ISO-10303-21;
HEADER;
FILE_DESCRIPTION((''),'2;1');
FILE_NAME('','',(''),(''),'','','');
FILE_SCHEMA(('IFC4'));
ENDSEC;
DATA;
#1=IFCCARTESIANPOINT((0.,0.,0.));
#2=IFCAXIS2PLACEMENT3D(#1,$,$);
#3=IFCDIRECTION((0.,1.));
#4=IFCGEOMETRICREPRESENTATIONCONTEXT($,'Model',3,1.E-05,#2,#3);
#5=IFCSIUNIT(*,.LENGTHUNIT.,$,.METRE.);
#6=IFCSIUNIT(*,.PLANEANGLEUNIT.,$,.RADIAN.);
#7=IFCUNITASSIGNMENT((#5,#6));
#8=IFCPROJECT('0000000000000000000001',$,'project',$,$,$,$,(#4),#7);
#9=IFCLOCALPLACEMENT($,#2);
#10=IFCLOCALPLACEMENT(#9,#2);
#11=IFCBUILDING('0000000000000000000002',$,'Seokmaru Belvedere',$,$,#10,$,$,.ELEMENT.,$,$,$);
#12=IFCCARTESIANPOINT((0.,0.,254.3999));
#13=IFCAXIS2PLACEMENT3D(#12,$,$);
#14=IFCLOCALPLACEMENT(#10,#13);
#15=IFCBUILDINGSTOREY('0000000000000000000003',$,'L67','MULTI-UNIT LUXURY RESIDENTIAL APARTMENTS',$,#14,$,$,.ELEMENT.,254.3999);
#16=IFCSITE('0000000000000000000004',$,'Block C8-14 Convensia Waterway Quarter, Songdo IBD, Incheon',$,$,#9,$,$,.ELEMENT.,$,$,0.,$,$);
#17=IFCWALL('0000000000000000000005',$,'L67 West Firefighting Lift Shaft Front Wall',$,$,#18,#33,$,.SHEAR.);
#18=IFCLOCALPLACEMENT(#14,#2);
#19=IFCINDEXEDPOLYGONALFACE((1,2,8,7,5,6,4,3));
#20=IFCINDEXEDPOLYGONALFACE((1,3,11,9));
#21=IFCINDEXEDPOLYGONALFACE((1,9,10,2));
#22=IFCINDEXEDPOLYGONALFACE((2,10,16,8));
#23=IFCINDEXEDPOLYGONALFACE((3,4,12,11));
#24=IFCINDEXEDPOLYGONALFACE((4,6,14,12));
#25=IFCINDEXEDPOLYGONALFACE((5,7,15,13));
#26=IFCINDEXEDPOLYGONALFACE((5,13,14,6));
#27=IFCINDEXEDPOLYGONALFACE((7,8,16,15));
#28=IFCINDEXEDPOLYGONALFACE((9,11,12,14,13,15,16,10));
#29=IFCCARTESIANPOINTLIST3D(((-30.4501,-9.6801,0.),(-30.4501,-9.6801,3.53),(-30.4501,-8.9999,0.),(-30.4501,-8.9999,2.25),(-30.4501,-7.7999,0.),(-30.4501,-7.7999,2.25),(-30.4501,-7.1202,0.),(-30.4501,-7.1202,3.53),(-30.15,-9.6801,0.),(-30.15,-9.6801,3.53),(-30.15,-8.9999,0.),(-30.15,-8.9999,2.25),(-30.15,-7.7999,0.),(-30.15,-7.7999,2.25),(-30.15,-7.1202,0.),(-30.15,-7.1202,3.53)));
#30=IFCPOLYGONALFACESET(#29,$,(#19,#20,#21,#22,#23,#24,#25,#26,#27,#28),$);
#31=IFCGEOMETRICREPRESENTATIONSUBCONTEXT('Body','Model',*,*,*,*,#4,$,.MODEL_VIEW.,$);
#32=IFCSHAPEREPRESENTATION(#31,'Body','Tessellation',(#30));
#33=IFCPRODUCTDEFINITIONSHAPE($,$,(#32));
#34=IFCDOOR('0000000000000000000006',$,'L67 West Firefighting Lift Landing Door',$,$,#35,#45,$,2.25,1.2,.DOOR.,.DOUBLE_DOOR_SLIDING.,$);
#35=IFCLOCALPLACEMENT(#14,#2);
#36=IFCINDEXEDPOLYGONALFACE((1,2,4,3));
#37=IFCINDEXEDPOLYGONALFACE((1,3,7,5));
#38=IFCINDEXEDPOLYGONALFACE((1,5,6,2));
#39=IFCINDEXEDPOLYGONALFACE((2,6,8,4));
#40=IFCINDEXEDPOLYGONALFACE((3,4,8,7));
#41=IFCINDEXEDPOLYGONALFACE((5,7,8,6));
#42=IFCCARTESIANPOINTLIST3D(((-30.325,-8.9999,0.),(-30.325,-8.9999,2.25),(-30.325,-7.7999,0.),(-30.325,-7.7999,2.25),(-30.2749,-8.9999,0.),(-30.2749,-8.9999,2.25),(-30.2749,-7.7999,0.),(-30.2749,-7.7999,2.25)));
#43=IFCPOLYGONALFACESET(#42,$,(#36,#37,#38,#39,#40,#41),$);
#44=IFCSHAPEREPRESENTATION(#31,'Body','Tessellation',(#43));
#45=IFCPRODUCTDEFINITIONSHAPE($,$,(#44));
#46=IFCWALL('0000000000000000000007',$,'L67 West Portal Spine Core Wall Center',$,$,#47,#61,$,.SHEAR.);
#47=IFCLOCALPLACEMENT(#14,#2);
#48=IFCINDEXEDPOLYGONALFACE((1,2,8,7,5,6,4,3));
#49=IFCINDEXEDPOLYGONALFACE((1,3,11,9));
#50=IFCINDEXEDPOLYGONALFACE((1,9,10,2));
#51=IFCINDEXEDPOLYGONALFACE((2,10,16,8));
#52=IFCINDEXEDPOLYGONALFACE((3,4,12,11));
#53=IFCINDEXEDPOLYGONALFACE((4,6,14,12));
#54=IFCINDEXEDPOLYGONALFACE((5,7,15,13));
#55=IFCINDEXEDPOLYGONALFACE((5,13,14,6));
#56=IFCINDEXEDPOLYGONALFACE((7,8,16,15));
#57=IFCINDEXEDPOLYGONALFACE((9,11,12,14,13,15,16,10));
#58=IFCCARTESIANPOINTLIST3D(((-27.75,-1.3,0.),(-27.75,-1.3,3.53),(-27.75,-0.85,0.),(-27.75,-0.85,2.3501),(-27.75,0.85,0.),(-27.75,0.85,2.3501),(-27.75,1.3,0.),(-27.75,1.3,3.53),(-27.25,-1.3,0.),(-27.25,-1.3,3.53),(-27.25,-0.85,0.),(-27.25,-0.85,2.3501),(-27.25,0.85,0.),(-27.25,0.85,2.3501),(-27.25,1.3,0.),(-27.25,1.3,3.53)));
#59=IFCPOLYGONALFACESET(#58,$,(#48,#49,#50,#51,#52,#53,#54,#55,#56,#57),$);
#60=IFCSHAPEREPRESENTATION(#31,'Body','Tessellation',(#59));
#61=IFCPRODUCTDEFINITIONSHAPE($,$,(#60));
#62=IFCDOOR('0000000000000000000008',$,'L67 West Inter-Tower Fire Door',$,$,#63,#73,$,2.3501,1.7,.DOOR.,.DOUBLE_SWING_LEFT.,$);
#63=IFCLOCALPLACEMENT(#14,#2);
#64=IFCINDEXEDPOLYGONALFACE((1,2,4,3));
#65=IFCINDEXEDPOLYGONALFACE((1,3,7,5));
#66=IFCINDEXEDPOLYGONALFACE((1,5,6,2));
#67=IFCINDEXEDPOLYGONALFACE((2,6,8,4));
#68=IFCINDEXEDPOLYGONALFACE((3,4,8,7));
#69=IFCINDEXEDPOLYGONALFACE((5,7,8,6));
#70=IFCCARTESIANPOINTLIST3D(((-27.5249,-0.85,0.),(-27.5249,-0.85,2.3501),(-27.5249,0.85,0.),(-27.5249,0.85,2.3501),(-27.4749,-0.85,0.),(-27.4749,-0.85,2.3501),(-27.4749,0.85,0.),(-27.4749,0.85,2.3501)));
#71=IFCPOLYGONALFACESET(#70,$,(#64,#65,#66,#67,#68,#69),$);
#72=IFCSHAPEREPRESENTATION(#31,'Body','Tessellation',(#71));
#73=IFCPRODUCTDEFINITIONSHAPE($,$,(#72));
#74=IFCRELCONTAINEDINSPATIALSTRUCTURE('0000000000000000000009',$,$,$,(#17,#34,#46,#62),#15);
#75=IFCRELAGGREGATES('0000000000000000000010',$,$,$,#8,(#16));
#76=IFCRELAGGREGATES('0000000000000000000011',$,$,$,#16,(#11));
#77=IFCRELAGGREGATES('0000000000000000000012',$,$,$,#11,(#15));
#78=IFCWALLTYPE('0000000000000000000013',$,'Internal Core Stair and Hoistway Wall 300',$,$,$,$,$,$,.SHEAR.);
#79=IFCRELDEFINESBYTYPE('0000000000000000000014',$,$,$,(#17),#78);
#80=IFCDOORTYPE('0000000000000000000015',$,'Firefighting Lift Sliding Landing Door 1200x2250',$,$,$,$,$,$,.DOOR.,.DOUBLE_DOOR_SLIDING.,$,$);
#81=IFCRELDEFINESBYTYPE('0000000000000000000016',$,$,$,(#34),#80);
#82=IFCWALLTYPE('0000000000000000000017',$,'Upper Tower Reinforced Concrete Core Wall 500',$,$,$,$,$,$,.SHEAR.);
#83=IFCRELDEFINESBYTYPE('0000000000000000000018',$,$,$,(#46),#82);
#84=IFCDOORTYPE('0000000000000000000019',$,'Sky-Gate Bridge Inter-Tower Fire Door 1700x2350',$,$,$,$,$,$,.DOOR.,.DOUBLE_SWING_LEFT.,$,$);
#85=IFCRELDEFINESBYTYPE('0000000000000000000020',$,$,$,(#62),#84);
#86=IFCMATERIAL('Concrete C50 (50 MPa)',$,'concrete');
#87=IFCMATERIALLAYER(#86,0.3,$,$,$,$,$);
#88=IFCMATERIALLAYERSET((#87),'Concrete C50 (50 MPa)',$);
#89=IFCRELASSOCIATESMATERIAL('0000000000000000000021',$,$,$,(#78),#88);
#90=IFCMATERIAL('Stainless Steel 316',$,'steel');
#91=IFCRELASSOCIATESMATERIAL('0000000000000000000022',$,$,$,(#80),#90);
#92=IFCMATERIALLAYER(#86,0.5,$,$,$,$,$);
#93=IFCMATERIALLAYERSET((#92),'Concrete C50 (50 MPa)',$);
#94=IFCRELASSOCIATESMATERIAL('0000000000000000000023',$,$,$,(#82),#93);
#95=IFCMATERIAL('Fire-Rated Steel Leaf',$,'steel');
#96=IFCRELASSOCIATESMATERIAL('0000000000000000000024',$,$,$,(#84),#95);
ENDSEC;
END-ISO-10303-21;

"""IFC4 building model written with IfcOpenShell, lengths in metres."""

from ifc_helpers import new_model, si_unit, direction, frame, frame_2d, origin, place, context, subcontext, project, spatial, rectangle, extrude, source, transform, mapped, material, layer, layer_set, type_object, type_shapes, element, fill, save


model = new_model("IFC4")

# Units and contexts
model_context = context("Model", 3, precision=1e-05, world=origin(), true_north=direction((0.0, 1.0)))
body_context = subcontext(model_context, "Body", "Model", "MODEL_VIEW")
ifc_project = project(units=[si_unit("LENGTHUNIT", "METRE"), si_unit("PLANEANGLEUNIT", "RADIAN")], contexts=[model_context])

# Site, building, storey
site_placement = place(None, origin())
site = spatial("IfcSite", under=ifc_project, at=site_placement, Name="Block C8-14 Convensia Waterway Quarter, Songdo IBD, Incheon", CompositionType="ELEMENT", RefElevation=0.0)
building_placement = place(site_placement, origin())
building = spatial("IfcBuilding", under=site, at=building_placement, Name="Seokmaru Belvedere", CompositionType="ELEMENT")
storey_placement = place(building_placement, frame((0.0, 0.0, 254.3999)))
storey = spatial("IfcBuildingStorey", under=building, at=storey_placement, Name="L67", Description="MULTI-UNIT LUXURY RESIDENTIAL APARTMENTS", CompositionType="ELEMENT", Elevation=254.3999)

# Shared definitions
ifc_material_1 = material(Name="Fire-Rated Steel Leaf", Category="steel")

# Shared definitions
ifc_material_2 = material(Name="Concrete C50 (50 MPa)", Category="concrete")

# Walls, openings, doors
ifc_layer_1 = layer(ifc_material_2, 0.3)
ifc_layer_set_1 = layer_set([ifc_layer_1], Name="Concrete C50 (50 MPa)")
wall_type_1 = type_object("IfcWallType", Name="Internal Core Stair and Hoistway Wall 300", PredefinedType="SHEAR", material=ifc_layer_set_1)
wall_1_placement = place(storey_placement, frame((-30.3, -9.6799, 0.0), z_axis=(0.0, 0.0, 1.0), x_axis=(0.0, 1.0, 0.0)))
wall_1 = element("IfcWall", 1, at=wall_1_placement, inside=storey, type_object=wall_type_1, Name="L67 West Firefighting Lift Shaft Front Wall", PredefinedType="SHEAR", context=body_context, shape_type="SweptSolid", body=[
    extrude(rectangle(XDim=2.5598, YDim=0.3, at=frame_2d((1.2798, 0.0))), origin(), (0.0, 0.0, 1.0), 3.53),
])
opening_1_placement = place(wall_1_placement, frame((0.6799, 0.0, 0.0)))
opening_1 = element("IfcOpeningElement", 2, at=opening_1_placement, cuts=wall_1, PredefinedType="OPENING", context=body_context, shape_type="SweptSolid", body=[
    extrude(rectangle(XDim=1.2, YDim=2.25, at=frame_2d((0.6001, 1.125))), frame((0.0, 0.1602, 0.0), z_axis=(0.0, -1.0, 0.0), x_axis=(1.0, 0.0, 0.0)), (0.0, 0.0, 1.0), 0.3201),
])
ifc_material_3 = material(Name="Stainless Steel 316", Category="steel")
door_type_1 = type_object("IfcDoorType", Name="Firefighting Lift Sliding Landing Door 1200x2250", OperationType="DOUBLE_DOOR_SLIDING", PredefinedType="DOOR", material=ifc_material_3)
shared_shape_1 = source(origin(), body_context, "Body", "SweptSolid", [
    extrude(rectangle(XDim=1.2, YDim=2.25, at=frame_2d((0.6001, 1.125))), frame((0.0, 0.0249, 0.0), z_axis=(0.0, -1.0, 0.0), x_axis=(1.0, 0.0, 0.0)), (0.0, 0.0, 1.0), 0.05),
])
type_shapes(door_type_1, [shared_shape_1])
door_1_placement = place(opening_1_placement, origin())
door_1 = element("IfcDoor", 3, at=door_1_placement, inside=storey, type_object=door_type_1, Name="L67 West Firefighting Lift Landing Door", OperationType="DOUBLE_DOOR_SLIDING", OverallHeight=2.25, OverallWidth=1.2, PredefinedType="DOOR", context=body_context, shape_type="MappedRepresentation", body=[
    mapped(shared_shape_1, transform((0.0, 0.0, 0.0), scale=1.0)),
])
fill(opening_1, door_1)
ifc_layer_2 = layer(ifc_material_2, 0.5)
ifc_layer_set_2 = layer_set([ifc_layer_2], Name="Concrete C50 (50 MPa)")
wall_type_2 = type_object("IfcWallType", Name="Upper Tower Reinforced Concrete Core Wall 500", PredefinedType="SHEAR", material=ifc_layer_set_2)
wall_2_placement = place(storey_placement, frame((-27.5, -1.3, 0.0), z_axis=(0.0, 0.0, 1.0), x_axis=(0.0, 1.0, 0.0)))
wall_2 = element("IfcWall", 4, at=wall_2_placement, inside=storey, type_object=wall_type_2, Name="L67 West Portal Spine Core Wall Center", PredefinedType="SHEAR", context=body_context, shape_type="SweptSolid", body=[
    extrude(rectangle(XDim=2.6001, YDim=0.5, at=frame_2d((1.3, 0.0))), origin(), (0.0, 0.0, 1.0), 3.53),
])
opening_2_placement = place(wall_2_placement, frame((0.45, 0.0, 0.0)))
opening_2 = element("IfcOpeningElement", 5, at=opening_2_placement, cuts=wall_2, PredefinedType="OPENING", context=body_context, shape_type="SweptSolid", body=[
    extrude(rectangle(XDim=1.7, YDim=2.3501, at=frame_2d((0.8501, 1.175))), frame((0.0, 0.26, 0.0), z_axis=(0.0, -1.0, 0.0), x_axis=(1.0, 0.0, 0.0)), (0.0, 0.0, 1.0), 0.52),
])
door_type_2 = type_object("IfcDoorType", Name="Sky-Gate Bridge Inter-Tower Fire Door 1700x2350", OperationType="DOUBLE_SWING_LEFT", PredefinedType="DOOR", material=ifc_material_1)
shared_shape_2 = source(origin(), body_context, "Body", "SweptSolid", [
    extrude(rectangle(XDim=1.7, YDim=2.3501, at=frame_2d((0.8501, 1.175))), frame((0.0, 0.0249, 0.0), z_axis=(0.0, -1.0, 0.0), x_axis=(1.0, 0.0, 0.0)), (0.0, 0.0, 1.0), 0.05),
])
type_shapes(door_type_2, [shared_shape_2])
door_2_placement = place(opening_2_placement, origin())
door_2 = element("IfcDoor", 6, at=door_2_placement, inside=storey, type_object=door_type_2, Name="L67 West Inter-Tower Fire Door", OperationType="DOUBLE_SWING_LEFT", OverallHeight=2.3501, OverallWidth=1.7, PredefinedType="DOOR", context=body_context, shape_type="MappedRepresentation", body=[
    mapped(shared_shape_2, transform((0.0, 0.0, 0.0), scale=1.0)),
])
fill(opening_2, door_2)

save(model, "model.ifc")
